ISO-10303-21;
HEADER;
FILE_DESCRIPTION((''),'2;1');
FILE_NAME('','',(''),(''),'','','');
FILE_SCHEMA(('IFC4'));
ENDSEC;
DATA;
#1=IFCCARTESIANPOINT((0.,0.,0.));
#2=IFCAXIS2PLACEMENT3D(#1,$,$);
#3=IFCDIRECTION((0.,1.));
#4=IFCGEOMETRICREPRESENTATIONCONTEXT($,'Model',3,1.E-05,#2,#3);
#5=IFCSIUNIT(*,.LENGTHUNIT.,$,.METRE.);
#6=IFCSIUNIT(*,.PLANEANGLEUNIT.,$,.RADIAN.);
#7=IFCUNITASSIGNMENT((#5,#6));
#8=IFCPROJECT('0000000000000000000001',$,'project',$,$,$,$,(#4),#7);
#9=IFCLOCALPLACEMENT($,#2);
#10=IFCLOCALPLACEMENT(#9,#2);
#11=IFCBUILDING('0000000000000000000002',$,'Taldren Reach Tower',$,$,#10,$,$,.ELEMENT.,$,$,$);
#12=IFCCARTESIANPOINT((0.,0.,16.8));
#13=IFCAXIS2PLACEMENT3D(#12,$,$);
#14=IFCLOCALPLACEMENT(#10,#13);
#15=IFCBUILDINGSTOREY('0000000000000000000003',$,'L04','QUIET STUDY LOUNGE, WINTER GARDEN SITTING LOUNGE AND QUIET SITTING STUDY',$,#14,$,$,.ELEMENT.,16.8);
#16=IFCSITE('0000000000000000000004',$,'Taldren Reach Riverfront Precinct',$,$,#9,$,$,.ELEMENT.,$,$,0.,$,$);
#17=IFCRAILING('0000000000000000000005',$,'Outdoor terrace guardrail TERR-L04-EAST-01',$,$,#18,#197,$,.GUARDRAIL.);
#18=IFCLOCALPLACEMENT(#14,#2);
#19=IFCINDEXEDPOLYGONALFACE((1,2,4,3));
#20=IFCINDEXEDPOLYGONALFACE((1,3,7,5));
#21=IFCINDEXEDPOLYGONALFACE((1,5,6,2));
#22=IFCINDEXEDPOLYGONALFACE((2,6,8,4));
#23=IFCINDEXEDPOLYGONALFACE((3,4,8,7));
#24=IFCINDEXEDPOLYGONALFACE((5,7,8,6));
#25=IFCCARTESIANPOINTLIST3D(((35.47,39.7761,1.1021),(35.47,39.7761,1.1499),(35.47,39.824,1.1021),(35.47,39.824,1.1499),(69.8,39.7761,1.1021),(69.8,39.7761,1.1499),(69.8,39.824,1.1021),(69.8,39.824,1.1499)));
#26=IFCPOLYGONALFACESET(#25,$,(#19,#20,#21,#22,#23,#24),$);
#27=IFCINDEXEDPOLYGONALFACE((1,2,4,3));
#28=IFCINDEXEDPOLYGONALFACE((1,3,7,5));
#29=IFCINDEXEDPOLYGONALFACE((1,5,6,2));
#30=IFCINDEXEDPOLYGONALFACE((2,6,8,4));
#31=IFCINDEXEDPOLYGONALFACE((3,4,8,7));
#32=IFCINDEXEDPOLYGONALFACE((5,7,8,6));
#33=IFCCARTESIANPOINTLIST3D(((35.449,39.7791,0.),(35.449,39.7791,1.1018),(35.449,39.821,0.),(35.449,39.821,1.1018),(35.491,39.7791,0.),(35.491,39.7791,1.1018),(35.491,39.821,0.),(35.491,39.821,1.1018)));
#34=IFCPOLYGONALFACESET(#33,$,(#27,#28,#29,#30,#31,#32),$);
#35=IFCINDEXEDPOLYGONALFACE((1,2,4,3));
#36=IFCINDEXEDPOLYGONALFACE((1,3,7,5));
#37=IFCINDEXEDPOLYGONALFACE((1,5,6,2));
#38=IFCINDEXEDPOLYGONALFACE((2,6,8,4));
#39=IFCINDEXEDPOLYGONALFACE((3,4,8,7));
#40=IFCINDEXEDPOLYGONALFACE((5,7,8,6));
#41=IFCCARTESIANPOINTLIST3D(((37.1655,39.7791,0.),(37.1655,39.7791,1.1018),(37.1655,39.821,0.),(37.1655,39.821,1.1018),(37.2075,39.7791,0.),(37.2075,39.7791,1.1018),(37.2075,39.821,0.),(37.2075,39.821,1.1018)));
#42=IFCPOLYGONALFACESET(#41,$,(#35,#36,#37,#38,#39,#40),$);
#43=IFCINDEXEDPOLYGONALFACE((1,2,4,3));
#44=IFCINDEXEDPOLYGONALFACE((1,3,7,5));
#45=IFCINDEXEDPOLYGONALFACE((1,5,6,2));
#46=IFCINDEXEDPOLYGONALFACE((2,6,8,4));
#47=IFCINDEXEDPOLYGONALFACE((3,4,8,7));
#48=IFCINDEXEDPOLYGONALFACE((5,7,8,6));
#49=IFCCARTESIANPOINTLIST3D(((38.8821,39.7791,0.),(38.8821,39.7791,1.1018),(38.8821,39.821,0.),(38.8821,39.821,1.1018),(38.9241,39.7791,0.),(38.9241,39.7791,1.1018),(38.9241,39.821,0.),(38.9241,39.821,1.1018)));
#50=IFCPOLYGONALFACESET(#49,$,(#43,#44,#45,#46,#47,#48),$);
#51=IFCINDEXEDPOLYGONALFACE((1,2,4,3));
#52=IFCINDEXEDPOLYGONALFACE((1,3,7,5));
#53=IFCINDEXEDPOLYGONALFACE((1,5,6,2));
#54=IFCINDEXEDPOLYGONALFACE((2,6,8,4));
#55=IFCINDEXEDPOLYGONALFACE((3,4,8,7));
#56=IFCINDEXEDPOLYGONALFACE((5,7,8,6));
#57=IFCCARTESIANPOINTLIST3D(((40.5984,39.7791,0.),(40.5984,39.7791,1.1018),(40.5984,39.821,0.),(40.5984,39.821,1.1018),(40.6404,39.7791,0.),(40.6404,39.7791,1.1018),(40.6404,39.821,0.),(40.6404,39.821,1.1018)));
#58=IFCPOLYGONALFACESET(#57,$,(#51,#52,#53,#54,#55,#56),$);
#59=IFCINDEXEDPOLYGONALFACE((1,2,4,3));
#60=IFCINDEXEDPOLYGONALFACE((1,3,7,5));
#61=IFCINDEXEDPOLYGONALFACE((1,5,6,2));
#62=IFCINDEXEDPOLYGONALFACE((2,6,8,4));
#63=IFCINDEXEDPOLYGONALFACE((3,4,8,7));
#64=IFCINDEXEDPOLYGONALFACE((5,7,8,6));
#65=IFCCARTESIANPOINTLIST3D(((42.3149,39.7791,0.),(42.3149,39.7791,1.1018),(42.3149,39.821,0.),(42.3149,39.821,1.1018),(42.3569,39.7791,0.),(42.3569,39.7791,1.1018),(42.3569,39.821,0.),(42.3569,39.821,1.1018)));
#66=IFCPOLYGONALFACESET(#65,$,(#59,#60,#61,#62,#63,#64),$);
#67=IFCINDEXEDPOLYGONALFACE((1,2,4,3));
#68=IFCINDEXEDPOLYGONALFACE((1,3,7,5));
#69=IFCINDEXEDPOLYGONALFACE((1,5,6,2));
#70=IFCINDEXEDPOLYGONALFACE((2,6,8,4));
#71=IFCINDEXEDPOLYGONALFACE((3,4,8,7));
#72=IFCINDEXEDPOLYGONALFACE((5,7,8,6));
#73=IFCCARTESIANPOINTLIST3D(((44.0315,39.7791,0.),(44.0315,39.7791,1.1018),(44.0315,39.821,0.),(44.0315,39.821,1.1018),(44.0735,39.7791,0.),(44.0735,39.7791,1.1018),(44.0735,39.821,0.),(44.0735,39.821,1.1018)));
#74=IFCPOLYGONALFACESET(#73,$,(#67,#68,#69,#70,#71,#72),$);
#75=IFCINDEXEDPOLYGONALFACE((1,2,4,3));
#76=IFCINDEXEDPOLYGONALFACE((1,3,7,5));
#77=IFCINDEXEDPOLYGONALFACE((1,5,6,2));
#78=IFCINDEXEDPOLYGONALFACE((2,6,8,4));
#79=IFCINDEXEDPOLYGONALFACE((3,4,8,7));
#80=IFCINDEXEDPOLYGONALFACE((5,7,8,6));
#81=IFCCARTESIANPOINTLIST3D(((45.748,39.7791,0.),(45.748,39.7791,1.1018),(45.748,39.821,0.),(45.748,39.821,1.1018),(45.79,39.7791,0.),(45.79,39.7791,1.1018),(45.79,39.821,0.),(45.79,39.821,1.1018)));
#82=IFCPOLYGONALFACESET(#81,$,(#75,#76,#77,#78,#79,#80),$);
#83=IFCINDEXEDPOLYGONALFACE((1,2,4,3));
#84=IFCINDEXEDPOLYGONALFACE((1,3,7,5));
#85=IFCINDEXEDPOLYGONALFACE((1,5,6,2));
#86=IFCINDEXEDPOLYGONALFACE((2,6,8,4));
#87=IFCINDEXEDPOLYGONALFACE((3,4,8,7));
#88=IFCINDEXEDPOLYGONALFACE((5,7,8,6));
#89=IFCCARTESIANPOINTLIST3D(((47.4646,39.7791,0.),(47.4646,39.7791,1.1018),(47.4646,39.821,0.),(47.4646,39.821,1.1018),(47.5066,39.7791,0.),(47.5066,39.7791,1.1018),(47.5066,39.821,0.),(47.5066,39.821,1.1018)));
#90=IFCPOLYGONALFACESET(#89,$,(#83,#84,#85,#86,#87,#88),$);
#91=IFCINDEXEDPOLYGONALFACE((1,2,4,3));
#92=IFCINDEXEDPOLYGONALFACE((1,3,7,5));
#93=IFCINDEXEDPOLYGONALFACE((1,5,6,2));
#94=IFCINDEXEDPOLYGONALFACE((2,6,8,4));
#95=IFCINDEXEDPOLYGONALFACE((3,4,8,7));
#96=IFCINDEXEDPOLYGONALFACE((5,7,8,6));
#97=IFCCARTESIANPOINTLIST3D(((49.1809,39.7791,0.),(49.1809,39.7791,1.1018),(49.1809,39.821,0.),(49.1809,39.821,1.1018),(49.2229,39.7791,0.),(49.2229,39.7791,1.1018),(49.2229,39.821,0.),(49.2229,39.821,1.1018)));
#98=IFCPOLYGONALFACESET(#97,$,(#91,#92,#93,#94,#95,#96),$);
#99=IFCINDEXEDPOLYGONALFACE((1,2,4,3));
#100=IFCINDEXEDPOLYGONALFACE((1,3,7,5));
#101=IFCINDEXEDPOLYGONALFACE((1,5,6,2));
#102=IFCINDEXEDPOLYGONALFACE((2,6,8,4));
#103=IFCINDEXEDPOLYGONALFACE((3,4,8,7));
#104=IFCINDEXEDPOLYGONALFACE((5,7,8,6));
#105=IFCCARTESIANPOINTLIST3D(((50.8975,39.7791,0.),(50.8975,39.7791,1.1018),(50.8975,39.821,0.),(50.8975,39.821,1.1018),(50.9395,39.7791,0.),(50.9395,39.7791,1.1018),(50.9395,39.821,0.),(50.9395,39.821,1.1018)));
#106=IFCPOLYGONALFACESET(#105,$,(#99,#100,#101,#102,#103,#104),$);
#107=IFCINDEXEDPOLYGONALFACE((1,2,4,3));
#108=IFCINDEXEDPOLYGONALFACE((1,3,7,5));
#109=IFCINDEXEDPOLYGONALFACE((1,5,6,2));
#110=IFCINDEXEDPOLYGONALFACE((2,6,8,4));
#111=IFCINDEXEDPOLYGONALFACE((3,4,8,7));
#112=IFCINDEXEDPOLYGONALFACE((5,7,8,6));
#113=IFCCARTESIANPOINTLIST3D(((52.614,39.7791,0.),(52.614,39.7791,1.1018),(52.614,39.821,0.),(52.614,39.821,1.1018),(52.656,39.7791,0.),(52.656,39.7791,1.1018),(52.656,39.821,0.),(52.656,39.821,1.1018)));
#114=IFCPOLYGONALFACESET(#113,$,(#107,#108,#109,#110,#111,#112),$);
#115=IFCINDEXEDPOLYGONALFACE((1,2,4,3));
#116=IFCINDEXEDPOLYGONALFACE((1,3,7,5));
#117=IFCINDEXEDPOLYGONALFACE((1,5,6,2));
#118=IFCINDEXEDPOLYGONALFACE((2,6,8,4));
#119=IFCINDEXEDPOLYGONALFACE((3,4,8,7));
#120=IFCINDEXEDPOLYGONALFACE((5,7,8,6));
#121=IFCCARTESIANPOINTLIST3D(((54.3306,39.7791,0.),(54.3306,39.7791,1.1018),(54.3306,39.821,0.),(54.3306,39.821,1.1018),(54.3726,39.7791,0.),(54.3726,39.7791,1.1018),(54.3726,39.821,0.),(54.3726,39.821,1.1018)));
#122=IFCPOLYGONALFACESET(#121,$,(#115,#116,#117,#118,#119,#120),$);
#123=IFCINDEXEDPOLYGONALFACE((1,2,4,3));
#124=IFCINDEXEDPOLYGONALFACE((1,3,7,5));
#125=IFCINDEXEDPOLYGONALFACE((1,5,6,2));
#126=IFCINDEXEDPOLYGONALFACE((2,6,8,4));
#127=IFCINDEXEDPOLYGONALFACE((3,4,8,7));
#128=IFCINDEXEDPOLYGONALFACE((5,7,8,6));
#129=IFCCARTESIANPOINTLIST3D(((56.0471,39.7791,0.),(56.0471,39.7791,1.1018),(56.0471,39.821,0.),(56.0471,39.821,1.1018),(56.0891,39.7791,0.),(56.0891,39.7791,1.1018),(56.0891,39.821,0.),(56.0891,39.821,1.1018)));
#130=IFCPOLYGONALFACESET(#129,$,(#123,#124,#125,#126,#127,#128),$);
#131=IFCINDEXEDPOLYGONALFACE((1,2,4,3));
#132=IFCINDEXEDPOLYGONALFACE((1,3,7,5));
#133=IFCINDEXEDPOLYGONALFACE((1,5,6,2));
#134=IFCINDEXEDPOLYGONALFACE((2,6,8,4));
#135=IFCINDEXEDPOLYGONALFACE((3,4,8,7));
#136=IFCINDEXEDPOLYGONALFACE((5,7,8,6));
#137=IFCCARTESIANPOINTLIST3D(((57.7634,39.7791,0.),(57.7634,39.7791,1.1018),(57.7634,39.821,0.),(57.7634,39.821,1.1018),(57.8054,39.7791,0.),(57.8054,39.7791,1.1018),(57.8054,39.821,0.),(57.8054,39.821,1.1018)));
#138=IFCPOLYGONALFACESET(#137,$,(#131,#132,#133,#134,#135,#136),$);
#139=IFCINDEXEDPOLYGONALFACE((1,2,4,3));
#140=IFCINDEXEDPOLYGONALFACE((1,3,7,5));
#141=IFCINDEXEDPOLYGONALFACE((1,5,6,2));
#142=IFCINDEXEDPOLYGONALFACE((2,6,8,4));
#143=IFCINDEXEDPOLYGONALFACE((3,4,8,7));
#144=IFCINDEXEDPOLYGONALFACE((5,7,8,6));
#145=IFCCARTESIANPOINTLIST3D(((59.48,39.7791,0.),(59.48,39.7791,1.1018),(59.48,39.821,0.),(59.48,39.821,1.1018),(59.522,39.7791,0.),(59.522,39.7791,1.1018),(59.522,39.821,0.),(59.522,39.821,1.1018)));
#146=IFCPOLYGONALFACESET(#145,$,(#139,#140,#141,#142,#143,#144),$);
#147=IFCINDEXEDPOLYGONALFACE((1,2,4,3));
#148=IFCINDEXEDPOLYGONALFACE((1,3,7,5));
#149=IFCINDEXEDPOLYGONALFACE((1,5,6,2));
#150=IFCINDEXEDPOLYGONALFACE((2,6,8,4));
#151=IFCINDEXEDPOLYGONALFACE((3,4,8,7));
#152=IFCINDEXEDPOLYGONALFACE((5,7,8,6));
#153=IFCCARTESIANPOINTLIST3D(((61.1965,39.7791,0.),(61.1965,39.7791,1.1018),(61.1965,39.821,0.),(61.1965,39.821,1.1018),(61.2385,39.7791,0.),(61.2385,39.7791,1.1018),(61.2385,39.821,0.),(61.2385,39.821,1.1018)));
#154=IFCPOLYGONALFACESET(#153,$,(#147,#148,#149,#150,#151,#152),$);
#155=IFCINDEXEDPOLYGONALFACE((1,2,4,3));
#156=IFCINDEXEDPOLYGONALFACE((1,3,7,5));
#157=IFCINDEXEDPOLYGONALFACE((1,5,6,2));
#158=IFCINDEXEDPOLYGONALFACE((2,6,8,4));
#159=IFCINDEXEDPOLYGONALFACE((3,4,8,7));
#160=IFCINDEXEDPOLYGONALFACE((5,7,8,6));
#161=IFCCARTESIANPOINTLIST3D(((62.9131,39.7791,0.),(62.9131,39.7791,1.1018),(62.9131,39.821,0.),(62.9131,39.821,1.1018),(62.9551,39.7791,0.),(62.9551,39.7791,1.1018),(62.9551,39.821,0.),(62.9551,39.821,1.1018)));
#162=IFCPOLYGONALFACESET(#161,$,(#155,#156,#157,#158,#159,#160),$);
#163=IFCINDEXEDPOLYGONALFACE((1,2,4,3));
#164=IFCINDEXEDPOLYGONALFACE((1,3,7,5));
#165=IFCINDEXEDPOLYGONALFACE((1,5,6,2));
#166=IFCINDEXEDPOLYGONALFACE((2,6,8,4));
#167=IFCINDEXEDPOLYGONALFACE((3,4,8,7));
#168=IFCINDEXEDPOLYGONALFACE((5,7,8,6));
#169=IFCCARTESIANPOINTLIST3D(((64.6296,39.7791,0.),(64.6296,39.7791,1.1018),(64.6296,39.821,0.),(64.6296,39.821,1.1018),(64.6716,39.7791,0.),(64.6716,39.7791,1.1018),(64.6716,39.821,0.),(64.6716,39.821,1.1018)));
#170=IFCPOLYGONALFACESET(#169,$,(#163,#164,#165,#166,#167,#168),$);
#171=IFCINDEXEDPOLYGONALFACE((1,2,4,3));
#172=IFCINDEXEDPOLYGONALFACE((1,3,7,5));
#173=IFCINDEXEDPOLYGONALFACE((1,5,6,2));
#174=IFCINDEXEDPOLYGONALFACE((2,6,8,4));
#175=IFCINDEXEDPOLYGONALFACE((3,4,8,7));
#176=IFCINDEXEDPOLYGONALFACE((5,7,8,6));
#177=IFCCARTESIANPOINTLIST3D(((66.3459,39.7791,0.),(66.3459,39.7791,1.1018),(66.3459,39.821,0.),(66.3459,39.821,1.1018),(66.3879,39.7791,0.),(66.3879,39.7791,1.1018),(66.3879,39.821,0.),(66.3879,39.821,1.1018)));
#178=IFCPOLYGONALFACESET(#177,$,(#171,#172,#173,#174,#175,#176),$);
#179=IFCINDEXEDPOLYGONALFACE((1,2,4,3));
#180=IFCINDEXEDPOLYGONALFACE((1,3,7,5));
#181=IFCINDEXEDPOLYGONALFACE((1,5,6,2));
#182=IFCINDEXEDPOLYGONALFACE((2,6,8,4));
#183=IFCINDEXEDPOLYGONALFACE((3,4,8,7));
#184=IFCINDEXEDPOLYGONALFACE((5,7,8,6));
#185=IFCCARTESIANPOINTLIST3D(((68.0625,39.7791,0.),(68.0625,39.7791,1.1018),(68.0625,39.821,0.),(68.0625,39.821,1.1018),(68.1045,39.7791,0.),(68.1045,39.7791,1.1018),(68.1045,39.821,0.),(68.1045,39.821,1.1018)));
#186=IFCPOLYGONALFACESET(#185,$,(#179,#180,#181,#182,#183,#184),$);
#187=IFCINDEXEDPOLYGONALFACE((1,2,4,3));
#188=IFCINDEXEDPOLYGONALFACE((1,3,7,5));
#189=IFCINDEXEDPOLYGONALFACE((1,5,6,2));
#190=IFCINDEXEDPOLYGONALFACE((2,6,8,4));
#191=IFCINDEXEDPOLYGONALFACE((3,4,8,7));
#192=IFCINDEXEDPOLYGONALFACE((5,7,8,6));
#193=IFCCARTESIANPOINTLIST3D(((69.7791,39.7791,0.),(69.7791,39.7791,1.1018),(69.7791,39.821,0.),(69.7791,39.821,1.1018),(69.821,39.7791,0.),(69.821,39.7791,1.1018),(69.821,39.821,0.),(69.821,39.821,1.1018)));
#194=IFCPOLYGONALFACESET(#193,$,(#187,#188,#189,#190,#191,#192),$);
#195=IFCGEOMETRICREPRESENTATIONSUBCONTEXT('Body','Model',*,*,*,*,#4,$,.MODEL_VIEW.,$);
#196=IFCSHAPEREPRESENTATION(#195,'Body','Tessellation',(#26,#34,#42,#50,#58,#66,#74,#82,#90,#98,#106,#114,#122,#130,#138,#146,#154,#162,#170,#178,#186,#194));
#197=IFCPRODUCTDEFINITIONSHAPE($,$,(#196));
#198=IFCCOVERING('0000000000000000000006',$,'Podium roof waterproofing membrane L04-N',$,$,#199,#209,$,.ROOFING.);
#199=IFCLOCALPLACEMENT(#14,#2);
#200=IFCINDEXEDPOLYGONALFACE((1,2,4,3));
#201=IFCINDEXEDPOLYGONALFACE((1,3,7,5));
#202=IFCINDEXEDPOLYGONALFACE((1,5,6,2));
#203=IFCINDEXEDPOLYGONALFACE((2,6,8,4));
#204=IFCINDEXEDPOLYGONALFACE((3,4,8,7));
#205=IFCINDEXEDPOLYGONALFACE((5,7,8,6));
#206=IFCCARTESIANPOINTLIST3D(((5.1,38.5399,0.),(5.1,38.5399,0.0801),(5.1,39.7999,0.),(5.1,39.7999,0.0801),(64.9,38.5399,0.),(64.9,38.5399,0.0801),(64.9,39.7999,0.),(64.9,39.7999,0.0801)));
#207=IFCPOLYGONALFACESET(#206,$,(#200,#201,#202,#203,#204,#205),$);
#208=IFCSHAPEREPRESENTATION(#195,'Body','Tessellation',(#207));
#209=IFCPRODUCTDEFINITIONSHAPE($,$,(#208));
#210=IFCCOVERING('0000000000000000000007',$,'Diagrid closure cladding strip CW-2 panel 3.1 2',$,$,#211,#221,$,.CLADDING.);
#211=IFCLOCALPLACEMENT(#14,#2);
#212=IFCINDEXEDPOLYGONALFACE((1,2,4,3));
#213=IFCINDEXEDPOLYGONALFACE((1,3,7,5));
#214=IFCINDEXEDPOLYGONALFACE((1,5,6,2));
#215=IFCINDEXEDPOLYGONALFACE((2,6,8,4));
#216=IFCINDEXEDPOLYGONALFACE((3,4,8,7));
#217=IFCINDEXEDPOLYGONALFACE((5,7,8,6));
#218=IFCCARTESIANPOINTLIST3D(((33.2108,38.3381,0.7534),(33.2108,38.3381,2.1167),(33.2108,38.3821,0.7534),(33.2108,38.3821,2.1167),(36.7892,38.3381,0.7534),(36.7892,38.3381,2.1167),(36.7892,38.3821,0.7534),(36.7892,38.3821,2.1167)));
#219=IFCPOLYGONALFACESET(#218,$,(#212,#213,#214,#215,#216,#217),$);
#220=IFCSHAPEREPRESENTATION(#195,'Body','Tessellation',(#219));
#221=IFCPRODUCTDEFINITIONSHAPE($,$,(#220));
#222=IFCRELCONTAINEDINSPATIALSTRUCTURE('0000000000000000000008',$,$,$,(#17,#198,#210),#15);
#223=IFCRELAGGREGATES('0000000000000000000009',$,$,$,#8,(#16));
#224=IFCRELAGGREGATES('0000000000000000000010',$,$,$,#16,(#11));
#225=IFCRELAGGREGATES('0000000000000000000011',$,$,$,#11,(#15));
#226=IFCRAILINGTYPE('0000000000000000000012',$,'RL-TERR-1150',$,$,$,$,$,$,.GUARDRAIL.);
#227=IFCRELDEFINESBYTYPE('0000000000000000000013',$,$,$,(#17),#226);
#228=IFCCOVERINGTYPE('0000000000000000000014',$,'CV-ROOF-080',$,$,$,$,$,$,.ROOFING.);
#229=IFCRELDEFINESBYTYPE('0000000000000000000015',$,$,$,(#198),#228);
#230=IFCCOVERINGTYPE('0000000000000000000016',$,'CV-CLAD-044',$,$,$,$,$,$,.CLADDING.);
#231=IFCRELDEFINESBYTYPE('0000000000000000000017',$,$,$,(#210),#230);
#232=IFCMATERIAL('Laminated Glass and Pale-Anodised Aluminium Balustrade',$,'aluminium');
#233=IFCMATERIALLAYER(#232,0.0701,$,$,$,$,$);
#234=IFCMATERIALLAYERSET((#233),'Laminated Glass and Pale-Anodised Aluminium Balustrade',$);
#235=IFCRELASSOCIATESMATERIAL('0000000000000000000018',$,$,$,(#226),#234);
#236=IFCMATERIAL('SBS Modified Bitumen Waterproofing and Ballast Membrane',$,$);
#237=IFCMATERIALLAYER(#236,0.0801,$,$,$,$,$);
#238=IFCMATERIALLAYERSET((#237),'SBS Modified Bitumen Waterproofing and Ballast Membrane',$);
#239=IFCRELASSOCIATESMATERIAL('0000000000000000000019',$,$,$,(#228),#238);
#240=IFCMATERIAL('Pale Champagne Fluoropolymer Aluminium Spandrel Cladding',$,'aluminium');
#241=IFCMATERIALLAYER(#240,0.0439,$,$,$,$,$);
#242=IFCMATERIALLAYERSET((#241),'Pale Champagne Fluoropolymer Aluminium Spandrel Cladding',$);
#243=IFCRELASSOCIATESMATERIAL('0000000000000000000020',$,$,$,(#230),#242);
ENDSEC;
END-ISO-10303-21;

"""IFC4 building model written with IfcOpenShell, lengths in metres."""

from ifc_helpers import new_model, si_unit, direction, frame, origin, origin_2d, place, context, subcontext, project, spatial, rectangle, extrude, source, transform, mapped, material, layer, layer_set, type_object, element, save


model = new_model("IFC4")

# Units and contexts
model_context = context("Model", 3, precision=1e-05, world=origin(), true_north=direction((0.0, 1.0)))
body_context = subcontext(model_context, "Body", "Model", "MODEL_VIEW")
ifc_project = project(units=[si_unit("LENGTHUNIT", "METRE"), si_unit("PLANEANGLEUNIT", "RADIAN")], contexts=[model_context])

# Site, building, storey
site_placement = place(None, origin())
site = spatial("IfcSite", under=ifc_project, at=site_placement, Name="Taldren Reach Riverfront Precinct", CompositionType="ELEMENT", RefElevation=0.0)
building_placement = place(site_placement, origin())
building = spatial("IfcBuilding", under=site, at=building_placement, Name="Taldren Reach Tower", CompositionType="ELEMENT")
storey_placement = place(building_placement, frame((0.0, 0.0, 16.8)))
storey = spatial("IfcBuildingStorey", under=building, at=storey_placement, Name="L04", Description="QUIET STUDY LOUNGE, WINTER GARDEN SITTING LOUNGE AND QUIET SITTING STUDY", CompositionType="ELEMENT", Elevation=16.8)

# Railing
ifc_material_1 = material(Name="Laminated Glass and Pale-Anodised Aluminium Balustrade", Category="aluminium")
ifc_layer_1 = layer(ifc_material_1, 0.0701)
ifc_layer_set_1 = layer_set([ifc_layer_1], Name="Laminated Glass and Pale-Anodised Aluminium Balustrade")
railing_type = type_object("IfcRailingType", Name="RL-TERR-1150", PredefinedType="GUARDRAIL", material=ifc_layer_set_1)
railing_placement = place(storey_placement, frame((35.47, 39.8, 0.0)))
element("IfcRailing", 1, at=railing_placement, inside=storey, type_object=railing_type, Name="Outdoor terrace guardrail TERR-L04-EAST-01", PredefinedType="GUARDRAIL", context=body_context, shape_type="SweptSolid", body=[
    extrude(rectangle(XDim=0.0479, YDim=0.0479, at=origin_2d()), frame((0.0, 0.0, 1.126), z_axis=(1.0, 0.0, 0.0), x_axis=(0.0, 1.0, 0.0)), (0.0, 0.0, 1.0), 34.3301),
    extrude(rectangle(XDim=0.042, YDim=0.042, at=origin_2d()), origin(), (0.0, 0.0, 1.0), 1.1018),
    extrude(rectangle(XDim=0.042, YDim=0.042, at=origin_2d()), frame((1.7166, 0.0, 0.0)), (0.0, 0.0, 1.0), 1.1018),
    extrude(rectangle(XDim=0.042, YDim=0.042, at=origin_2d()), frame((3.4331, 0.0, 0.0)), (0.0, 0.0, 1.0), 1.1018),
    extrude(rectangle(XDim=0.042, YDim=0.042, at=origin_2d()), frame((5.1494, 0.0, 0.0)), (0.0, 0.0, 1.0), 1.1018),
    extrude(rectangle(XDim=0.042, YDim=0.042, at=origin_2d()), frame((6.866, 0.0, 0.0)), (0.0, 0.0, 1.0), 1.1018),
    extrude(rectangle(XDim=0.042, YDim=0.042, at=origin_2d()), frame((8.5825, 0.0, 0.0)), (0.0, 0.0, 1.0), 1.1018),
    extrude(rectangle(XDim=0.042, YDim=0.042, at=origin_2d()), frame((10.2991, 0.0, 0.0)), (0.0, 0.0, 1.0), 1.1018),
    extrude(rectangle(XDim=0.042, YDim=0.042, at=origin_2d()), frame((12.0156, 0.0, 0.0)), (0.0, 0.0, 1.0), 1.1018),
    extrude(rectangle(XDim=0.042, YDim=0.042, at=origin_2d()), frame((13.7319, 0.0, 0.0)), (0.0, 0.0, 1.0), 1.1018),
    extrude(rectangle(XDim=0.042, YDim=0.042, at=origin_2d()), frame((15.4485, 0.0, 0.0)), (0.0, 0.0, 1.0), 1.1018),
    extrude(rectangle(XDim=0.042, YDim=0.042, at=origin_2d()), frame((17.165, 0.0, 0.0)), (0.0, 0.0, 1.0), 1.1018),
    extrude(rectangle(XDim=0.042, YDim=0.042, at=origin_2d()), frame((18.8816, 0.0, 0.0)), (0.0, 0.0, 1.0), 1.1018),
    extrude(rectangle(XDim=0.042, YDim=0.042, at=origin_2d()), frame((20.5981, 0.0, 0.0)), (0.0, 0.0, 1.0), 1.1018),
    extrude(rectangle(XDim=0.042, YDim=0.042, at=origin_2d()), frame((22.3145, 0.0, 0.0)), (0.0, 0.0, 1.0), 1.1018),
    extrude(rectangle(XDim=0.042, YDim=0.042, at=origin_2d()), frame((24.031, 0.0, 0.0)), (0.0, 0.0, 1.0), 1.1018),
    extrude(rectangle(XDim=0.042, YDim=0.042, at=origin_2d()), frame((25.7476, 0.0, 0.0)), (0.0, 0.0, 1.0), 1.1018),
    extrude(rectangle(XDim=0.042, YDim=0.042, at=origin_2d()), frame((27.4641, 0.0, 0.0)), (0.0, 0.0, 1.0), 1.1018),
    extrude(rectangle(XDim=0.042, YDim=0.042, at=origin_2d()), frame((29.1807, 0.0, 0.0)), (0.0, 0.0, 1.0), 1.1018),
    extrude(rectangle(XDim=0.042, YDim=0.042, at=origin_2d()), frame((30.897, 0.0, 0.0)), (0.0, 0.0, 1.0), 1.1018),
    extrude(rectangle(XDim=0.042, YDim=0.042, at=origin_2d()), frame((32.6135, 0.0, 0.0)), (0.0, 0.0, 1.0), 1.1018),
    extrude(rectangle(XDim=0.042, YDim=0.042, at=origin_2d()), frame((34.3301, 0.0, 0.0)), (0.0, 0.0, 1.0), 1.1018),
])

# Coverings
ifc_material_2 = material(Name="SBS Modified Bitumen Waterproofing and Ballast Membrane")
ifc_layer_2 = layer(ifc_material_2, 0.0801)
ifc_layer_set_2 = layer_set([ifc_layer_2], Name="SBS Modified Bitumen Waterproofing and Ballast Membrane")
covering_type_1 = type_object("IfcCoveringType", Name="CV-ROOF-080", PredefinedType="ROOFING", material=ifc_layer_set_2)
shared_shape_1 = source(origin(), body_context, "Body", "SweptSolid", [
    extrude(rectangle(XDim=59.8, YDim=1.26, at=origin_2d()), origin(), (0.0, 0.0, 1.0), 0.0801),
])
covering_1_placement = place(storey_placement, frame((35.0, 39.1699, 0.0), z_axis=(0.0, 0.0, 1.0), x_axis=(1.0, 0.0, 0.0)))
element("IfcCovering", 2, at=covering_1_placement, inside=storey, type_object=covering_type_1, Name="Podium roof waterproofing membrane L04-N", PredefinedType="ROOFING", context=body_context, shape_type="MappedRepresentation", body=[
    mapped(shared_shape_1, transform((0.0, 0.0, 0.0), scale=1.0)),
])
ifc_material_3 = material(Name="Pale Champagne Fluoropolymer Aluminium Spandrel Cladding", Category="aluminium")
ifc_layer_3 = layer(ifc_material_3, 0.0439)
ifc_layer_set_3 = layer_set([ifc_layer_3], Name="Pale Champagne Fluoropolymer Aluminium Spandrel Cladding")
covering_type_2 = type_object("IfcCoveringType", Name="CV-CLAD-044", PredefinedType="CLADDING", material=ifc_layer_set_3)
shared_shape_2 = source(origin(), body_context, "Body", "SweptSolid", [
    extrude(rectangle(XDim=3.5784, YDim=0.0439, at=origin_2d()), origin(), (0.0, 0.0, 1.0), 1.3633),
])
covering_2_placement = place(storey_placement, frame((35.0, 38.3601, 0.7534), z_axis=(0.0, 0.0, 1.0), x_axis=(-1.0, 0.0, 0.0)))
element("IfcCovering", 3, at=covering_2_placement, inside=storey, type_object=covering_type_2, Name="Diagrid closure cladding strip CW-2 panel 3.1 2", PredefinedType="CLADDING", context=body_context, shape_type="MappedRepresentation", body=[
    mapped(shared_shape_2, transform((0.0, 0.0, 0.0), scale=1.0)),
])

save(model, "model.ifc")
